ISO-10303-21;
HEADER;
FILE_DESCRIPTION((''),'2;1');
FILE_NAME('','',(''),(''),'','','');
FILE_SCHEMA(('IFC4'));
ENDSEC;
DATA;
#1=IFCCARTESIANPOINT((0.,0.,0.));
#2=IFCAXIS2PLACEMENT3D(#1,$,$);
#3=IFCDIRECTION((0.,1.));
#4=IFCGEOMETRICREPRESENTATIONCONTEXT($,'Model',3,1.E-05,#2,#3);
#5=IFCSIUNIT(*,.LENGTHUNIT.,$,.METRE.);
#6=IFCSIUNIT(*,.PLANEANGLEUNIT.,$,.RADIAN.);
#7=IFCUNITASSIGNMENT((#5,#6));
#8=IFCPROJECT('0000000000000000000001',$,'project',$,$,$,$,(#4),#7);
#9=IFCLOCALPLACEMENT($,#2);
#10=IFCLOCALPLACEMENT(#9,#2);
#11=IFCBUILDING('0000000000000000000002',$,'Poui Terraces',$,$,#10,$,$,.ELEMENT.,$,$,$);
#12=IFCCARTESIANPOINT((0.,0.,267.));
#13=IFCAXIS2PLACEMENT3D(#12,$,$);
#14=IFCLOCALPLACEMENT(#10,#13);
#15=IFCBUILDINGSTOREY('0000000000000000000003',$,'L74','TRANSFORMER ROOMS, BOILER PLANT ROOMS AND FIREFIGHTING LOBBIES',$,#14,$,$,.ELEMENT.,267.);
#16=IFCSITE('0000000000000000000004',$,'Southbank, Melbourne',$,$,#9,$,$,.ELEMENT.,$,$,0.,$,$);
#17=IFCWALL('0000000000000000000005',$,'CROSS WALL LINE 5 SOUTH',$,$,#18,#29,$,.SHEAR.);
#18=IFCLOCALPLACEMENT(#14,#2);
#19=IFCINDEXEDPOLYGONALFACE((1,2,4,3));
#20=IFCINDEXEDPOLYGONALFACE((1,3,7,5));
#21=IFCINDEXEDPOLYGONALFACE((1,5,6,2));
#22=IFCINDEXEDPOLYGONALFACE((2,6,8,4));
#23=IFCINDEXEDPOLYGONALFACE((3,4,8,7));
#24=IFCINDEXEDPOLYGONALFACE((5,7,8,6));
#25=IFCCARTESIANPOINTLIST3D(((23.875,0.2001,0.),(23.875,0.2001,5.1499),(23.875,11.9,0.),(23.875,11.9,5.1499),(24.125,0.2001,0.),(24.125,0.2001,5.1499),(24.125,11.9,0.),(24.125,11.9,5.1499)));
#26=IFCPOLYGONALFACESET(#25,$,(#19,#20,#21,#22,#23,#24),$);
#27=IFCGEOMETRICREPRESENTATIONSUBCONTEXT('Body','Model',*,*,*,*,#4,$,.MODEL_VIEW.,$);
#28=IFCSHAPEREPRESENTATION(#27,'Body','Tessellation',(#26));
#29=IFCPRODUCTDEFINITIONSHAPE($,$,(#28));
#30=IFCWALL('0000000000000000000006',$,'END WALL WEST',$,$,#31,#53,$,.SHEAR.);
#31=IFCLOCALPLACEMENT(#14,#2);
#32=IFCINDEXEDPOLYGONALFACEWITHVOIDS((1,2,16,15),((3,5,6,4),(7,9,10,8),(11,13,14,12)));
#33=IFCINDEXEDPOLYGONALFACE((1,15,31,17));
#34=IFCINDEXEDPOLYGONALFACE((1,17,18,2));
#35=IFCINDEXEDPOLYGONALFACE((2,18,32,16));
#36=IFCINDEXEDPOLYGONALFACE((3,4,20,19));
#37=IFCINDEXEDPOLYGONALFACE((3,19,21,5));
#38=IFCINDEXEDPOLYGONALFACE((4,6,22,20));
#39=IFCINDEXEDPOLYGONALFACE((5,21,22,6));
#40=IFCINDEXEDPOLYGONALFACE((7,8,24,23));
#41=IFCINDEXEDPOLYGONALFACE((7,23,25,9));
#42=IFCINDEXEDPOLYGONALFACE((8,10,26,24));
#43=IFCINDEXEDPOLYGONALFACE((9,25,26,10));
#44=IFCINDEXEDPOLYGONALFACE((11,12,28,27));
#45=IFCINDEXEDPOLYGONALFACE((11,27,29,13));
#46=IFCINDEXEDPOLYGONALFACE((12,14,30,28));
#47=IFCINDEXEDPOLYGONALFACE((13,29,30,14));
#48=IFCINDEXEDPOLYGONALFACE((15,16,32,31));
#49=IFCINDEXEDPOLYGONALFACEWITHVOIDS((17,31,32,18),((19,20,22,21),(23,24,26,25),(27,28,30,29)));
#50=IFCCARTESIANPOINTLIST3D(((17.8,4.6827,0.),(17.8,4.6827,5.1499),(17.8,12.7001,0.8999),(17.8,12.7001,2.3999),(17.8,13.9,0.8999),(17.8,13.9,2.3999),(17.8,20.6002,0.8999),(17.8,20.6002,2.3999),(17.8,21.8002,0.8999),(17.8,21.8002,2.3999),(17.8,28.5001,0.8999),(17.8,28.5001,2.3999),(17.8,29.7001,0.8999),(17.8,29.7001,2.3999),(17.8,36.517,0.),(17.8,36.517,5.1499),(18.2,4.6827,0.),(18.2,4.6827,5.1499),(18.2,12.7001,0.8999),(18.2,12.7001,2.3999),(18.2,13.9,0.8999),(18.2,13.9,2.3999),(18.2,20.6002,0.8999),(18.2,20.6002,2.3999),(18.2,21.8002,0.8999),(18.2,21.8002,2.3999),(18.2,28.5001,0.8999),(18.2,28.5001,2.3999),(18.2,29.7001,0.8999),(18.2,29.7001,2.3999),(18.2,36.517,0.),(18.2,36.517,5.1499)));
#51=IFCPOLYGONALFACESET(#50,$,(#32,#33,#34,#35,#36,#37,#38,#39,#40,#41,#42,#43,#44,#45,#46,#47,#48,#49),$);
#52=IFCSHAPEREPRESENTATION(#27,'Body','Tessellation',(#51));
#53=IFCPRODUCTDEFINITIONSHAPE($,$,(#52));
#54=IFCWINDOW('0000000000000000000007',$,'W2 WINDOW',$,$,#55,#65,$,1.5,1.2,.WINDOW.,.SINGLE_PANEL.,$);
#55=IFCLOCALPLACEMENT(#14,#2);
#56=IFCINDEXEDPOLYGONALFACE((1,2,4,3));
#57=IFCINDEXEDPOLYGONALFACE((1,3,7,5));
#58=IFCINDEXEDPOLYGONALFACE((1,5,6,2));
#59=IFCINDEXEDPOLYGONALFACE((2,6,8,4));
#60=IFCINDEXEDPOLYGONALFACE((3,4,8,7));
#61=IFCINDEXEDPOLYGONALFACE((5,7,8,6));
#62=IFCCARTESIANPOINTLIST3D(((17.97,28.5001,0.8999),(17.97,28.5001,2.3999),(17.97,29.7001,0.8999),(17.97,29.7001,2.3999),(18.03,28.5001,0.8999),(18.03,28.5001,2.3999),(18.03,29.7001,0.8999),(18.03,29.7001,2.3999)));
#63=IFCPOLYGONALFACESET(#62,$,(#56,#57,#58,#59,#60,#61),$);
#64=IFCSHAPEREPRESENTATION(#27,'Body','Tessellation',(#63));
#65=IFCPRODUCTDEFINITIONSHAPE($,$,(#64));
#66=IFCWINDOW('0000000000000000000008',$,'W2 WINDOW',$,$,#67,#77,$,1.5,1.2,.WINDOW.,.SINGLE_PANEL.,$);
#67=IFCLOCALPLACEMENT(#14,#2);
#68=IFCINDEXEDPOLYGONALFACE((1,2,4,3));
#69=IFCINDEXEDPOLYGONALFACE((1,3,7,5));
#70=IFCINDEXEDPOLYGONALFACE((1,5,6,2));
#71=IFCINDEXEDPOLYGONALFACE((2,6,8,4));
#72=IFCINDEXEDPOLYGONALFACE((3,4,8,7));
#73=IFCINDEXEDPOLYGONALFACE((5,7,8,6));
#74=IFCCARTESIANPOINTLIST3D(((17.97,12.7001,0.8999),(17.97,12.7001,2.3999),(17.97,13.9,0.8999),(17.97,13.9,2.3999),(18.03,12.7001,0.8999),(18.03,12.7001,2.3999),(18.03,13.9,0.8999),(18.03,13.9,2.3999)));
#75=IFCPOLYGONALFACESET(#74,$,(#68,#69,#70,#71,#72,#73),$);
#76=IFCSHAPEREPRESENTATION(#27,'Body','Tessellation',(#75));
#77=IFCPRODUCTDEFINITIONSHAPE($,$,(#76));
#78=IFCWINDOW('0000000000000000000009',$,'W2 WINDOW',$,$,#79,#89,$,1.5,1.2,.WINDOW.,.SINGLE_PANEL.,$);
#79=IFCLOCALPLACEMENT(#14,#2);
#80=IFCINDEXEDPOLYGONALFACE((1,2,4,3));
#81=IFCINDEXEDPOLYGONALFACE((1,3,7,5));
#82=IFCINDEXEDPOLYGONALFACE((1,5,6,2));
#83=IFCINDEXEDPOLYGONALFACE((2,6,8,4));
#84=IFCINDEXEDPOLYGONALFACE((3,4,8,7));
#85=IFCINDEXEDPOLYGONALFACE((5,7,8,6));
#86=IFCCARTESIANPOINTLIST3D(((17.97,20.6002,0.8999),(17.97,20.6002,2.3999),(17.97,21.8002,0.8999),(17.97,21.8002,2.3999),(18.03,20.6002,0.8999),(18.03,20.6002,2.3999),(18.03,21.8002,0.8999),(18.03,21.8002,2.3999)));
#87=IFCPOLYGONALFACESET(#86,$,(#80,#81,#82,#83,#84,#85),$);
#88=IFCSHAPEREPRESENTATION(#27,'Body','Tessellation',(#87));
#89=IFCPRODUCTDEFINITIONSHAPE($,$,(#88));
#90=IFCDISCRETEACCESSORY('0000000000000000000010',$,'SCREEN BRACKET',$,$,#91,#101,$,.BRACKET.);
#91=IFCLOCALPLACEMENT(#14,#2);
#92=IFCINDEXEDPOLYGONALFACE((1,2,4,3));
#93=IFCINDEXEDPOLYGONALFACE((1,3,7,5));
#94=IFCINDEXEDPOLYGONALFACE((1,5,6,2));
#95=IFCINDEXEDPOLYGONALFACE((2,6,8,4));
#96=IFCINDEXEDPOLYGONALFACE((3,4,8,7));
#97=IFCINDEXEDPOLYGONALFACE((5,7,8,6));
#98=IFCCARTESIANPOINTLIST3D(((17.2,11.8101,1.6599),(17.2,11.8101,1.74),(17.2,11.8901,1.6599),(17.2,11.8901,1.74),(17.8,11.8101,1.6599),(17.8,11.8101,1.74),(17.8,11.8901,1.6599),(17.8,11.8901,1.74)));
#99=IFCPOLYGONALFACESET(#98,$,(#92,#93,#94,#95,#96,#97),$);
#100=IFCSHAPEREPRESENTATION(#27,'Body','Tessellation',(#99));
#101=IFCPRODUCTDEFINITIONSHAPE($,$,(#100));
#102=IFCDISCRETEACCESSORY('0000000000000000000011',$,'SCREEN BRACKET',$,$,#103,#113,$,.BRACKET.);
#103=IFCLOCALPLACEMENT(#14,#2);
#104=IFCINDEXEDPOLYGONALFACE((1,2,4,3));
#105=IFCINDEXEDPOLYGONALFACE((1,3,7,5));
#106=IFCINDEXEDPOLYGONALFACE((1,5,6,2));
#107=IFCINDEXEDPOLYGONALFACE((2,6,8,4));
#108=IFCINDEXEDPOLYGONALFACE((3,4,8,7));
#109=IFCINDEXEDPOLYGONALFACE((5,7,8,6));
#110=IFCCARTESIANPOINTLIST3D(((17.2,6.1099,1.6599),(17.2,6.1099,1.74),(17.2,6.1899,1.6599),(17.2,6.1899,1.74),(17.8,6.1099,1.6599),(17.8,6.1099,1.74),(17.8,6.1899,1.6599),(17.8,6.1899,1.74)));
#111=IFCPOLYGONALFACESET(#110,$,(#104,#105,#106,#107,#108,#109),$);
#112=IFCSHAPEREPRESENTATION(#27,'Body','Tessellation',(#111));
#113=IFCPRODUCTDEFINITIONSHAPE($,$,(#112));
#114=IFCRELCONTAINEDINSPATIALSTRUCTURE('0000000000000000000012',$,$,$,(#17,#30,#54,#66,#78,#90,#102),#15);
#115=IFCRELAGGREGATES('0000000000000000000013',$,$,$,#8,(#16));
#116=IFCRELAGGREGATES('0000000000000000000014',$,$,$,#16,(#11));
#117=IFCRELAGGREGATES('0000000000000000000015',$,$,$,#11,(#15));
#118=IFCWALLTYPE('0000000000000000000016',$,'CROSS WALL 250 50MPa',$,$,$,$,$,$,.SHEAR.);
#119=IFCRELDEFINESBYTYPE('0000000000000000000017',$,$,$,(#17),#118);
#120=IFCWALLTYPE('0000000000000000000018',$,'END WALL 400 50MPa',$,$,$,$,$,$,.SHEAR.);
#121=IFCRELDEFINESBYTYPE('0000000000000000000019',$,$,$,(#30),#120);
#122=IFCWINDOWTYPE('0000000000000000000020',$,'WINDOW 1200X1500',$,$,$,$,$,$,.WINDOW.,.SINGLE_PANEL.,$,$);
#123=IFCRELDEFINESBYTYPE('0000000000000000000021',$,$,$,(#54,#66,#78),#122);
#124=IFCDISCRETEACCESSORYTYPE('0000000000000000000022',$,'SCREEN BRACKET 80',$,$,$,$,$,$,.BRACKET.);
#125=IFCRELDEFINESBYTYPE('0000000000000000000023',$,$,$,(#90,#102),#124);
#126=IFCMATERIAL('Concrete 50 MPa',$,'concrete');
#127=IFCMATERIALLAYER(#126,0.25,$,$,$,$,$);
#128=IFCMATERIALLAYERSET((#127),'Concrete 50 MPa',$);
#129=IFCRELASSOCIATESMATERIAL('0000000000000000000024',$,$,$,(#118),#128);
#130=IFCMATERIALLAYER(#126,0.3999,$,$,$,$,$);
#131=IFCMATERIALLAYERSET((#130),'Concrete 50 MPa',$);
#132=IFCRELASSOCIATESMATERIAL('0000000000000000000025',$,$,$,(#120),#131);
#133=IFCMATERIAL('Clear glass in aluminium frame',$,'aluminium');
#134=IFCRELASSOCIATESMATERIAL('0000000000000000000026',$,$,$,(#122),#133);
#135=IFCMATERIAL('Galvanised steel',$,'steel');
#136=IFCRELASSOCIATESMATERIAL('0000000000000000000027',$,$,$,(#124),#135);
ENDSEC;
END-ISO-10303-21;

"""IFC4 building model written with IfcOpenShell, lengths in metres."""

from ifc_helpers import new_model, si_unit, direction, frame, frame_2d, origin, origin_2d, place, context, subcontext, project, spatial, rectangle, extrude, source, transform, mapped, material, layer, layer_set, material_profile, profile_set, type_object, element, fill, save


model = new_model("IFC4")

# Units and contexts
model_context = context("Model", 3, precision=1e-05, world=origin(), true_north=direction((0.0, 1.0)))
body_context = subcontext(model_context, "Body", "Model", "MODEL_VIEW")
ifc_project = project(units=[si_unit("LENGTHUNIT", "METRE"), si_unit("PLANEANGLEUNIT", "RADIAN")], contexts=[model_context])

# Site, building, storey
site_placement = place(None, origin())
site = spatial("IfcSite", under=ifc_project, at=site_placement, Name="Southbank, Melbourne", CompositionType="ELEMENT", RefElevation=0.0)
building_placement = place(site_placement, origin())
building = spatial("IfcBuilding", under=site, at=building_placement, Name="Poui Terraces", CompositionType="ELEMENT")
storey_placement = place(building_placement, frame((0.0, 0.0, 267.0)))
storey = spatial("IfcBuildingStorey", under=building, at=storey_placement, Name="L74", Description="TRANSFORMER ROOMS, BOILER PLANT ROOMS AND FIREFIGHTING LOBBIES", CompositionType="ELEMENT", Elevation=267.0)

# Wall
ifc_material_1 = material(Name="Concrete 50 MPa", Category="concrete")
ifc_layer_1 = layer(ifc_material_1, 0.25)
ifc_layer_set_1 = layer_set([ifc_layer_1], Name="Concrete 50 MPa")
wall_type_1 = type_object("IfcWallType", Name="CROSS WALL 250 50MPa", PredefinedType="SHEAR", material=ifc_layer_set_1)
wall_1_placement = place(storey_placement, frame((24.0, 0.2, 0.0), z_axis=(0.0, 0.0, 1.0), x_axis=(0.0, 1.0, 0.0)))
element("IfcWall", 1, at=wall_1_placement, inside=storey, type_object=wall_type_1, Name="CROSS WALL LINE 5 SOUTH", PredefinedType="SHEAR", context=body_context, shape_type="SweptSolid", body=[
    extrude(rectangle(XDim=11.7, YDim=0.25, at=frame_2d((5.8501, 0.0))), origin(), (0.0, 0.0, 1.0), 5.1499),
])

# Wall, openings, windows
ifc_layer_2 = layer(ifc_material_1, 0.3999)
ifc_layer_set_2 = layer_set([ifc_layer_2], Name="Concrete 50 MPa")
wall_type_2 = type_object("IfcWallType", Name="END WALL 400 50MPa", PredefinedType="SHEAR", material=ifc_layer_set_2)
wall_2_placement = place(storey_placement, frame((18.0, 4.6829, 0.0), z_axis=(0.0, 0.0, 1.0), x_axis=(0.0, 1.0, 0.0)))
wall_2 = element("IfcWall", 2, at=wall_2_placement, inside=storey, type_object=wall_type_2, Name="END WALL WEST", PredefinedType="SHEAR", context=body_context, shape_type="SweptSolid", body=[
    extrude(rectangle(XDim=31.8342, YDim=0.3999, at=frame_2d((15.917, 0.0))), origin(), (0.0, 0.0, 1.0), 5.1499),
])
opening_1_placement = place(wall_2_placement, frame((23.8171, 0.0, 0.8999)))
opening_1 = element("IfcOpeningElement", 3, at=opening_1_placement, cuts=wall_2, PredefinedType="OPENING", context=body_context, shape_type="SweptSolid", body=[
    extrude(rectangle(XDim=1.2, YDim=1.5, at=frame_2d((0.6001, 0.75))), frame((0.0, 0.21, 0.0), z_axis=(0.0, -1.0, 0.0), x_axis=(1.0, 0.0, 0.0)), (0.0, 0.0, 1.0), 0.4199),
])
opening_2_placement = place(wall_2_placement, frame((8.0171, 0.0, 0.8999)))
opening_2 = element("IfcOpeningElement", 4, at=opening_2_placement, cuts=wall_2, PredefinedType="OPENING", context=body_context, shape_type="SweptSolid", body=[
    extrude(rectangle(XDim=1.2, YDim=1.5, at=frame_2d((0.6001, 0.75))), frame((0.0, 0.21, 0.0), z_axis=(0.0, -1.0, 0.0), x_axis=(1.0, 0.0, 0.0)), (0.0, 0.0, 1.0), 0.4199),
])
opening_3_placement = place(wall_2_placement, frame((15.9172, 0.0, 0.8999)))
opening_3 = element("IfcOpeningElement", 5, at=opening_3_placement, cuts=wall_2, PredefinedType="OPENING", context=body_context, shape_type="SweptSolid", body=[
    extrude(rectangle(XDim=1.2, YDim=1.5, at=frame_2d((0.6001, 0.75))), frame((0.0, 0.21, 0.0), z_axis=(0.0, -1.0, 0.0), x_axis=(1.0, 0.0, 0.0)), (0.0, 0.0, 1.0), 0.4199),
])
ifc_material_2 = material(Name="Clear glass in aluminium frame", Category="aluminium")
window_type = type_object("IfcWindowType", Name="WINDOW 1200X1500", PartitioningType="SINGLE_PANEL", PredefinedType="WINDOW", material=ifc_material_2)
window_1_placement = place(opening_1_placement, origin())
window_1 = element("IfcWindow", 6, at=window_1_placement, inside=storey, type_object=window_type, Name="W2 WINDOW", OverallHeight=1.5, OverallWidth=1.2, PartitioningType="SINGLE_PANEL", PredefinedType="WINDOW", context=body_context, shape_type="SweptSolid", body=[
    extrude(rectangle(XDim=1.2, YDim=1.5, at=frame_2d((0.6001, 0.75))), frame((0.0, 0.03, 0.0), z_axis=(0.0, -1.0, 0.0), x_axis=(1.0, 0.0, 0.0)), (0.0, 0.0, 1.0), 0.0601),
])
fill(opening_1, window_1)
window_2_placement = place(opening_2_placement, origin())
window_2 = element("IfcWindow", 7, at=window_2_placement, inside=storey, type_object=window_type, Name="W2 WINDOW", OverallHeight=1.5, OverallWidth=1.2, PartitioningType="SINGLE_PANEL", PredefinedType="WINDOW", context=body_context, shape_type="SweptSolid", body=[
    extrude(rectangle(XDim=1.2, YDim=1.5, at=frame_2d((0.6001, 0.75))), frame((0.0, 0.03, 0.0), z_axis=(0.0, -1.0, 0.0), x_axis=(1.0, 0.0, 0.0)), (0.0, 0.0, 1.0), 0.0601),
])
fill(opening_2, window_2)
window_3_placement = place(opening_3_placement, origin())
window_3 = element("IfcWindow", 8, at=window_3_placement, inside=storey, type_object=window_type, Name="W2 WINDOW", OverallHeight=1.5, OverallWidth=1.2, PartitioningType="SINGLE_PANEL", PredefinedType="WINDOW", context=body_context, shape_type="SweptSolid", body=[
    extrude(rectangle(XDim=1.2, YDim=1.5, at=frame_2d((0.6001, 0.75))), frame((0.0, 0.03, 0.0), z_axis=(0.0, -1.0, 0.0), x_axis=(1.0, 0.0, 0.0)), (0.0, 0.0, 1.0), 0.0601),
])
fill(opening_3, window_3)

# Discrete accessories
ifc_material_3 = material(Name="Galvanised steel", Category="steel")
ifc_material_profile = material_profile(ifc_material_3, rectangle(XDim=0.0801, YDim=0.0801, at=origin_2d()), Name="SCREEN BRACKET 80")
ifc_profile_set = profile_set([ifc_material_profile], Name="Galvanised steel")
discrete_accessory_type = type_object("IfcDiscreteAccessoryType", Name="SCREEN BRACKET 80", PredefinedType="BRACKET", material=ifc_profile_set)
shared_shape = source(origin(), body_context, "Body", "SweptSolid", [
    extrude(rectangle(XDim=0.0801, YDim=0.0801, at=origin_2d()), origin(), (0.0, 0.0, 1.0), 0.6001),
])
for number, where, z_axis, x_axis, name in (
    (9, (17.8, 11.8501, 1.7), (-1.0, 0.0, 0.0), (0.0, -1.0, 0.0), "SCREEN BRACKET"),
    (10, (17.8, 6.1499, 1.7), (-1.0, 0.0, 0.0), (0.0, -1.0, 0.0), "SCREEN BRACKET"),
):
    element("IfcDiscreteAccessory", number, at=place(storey_placement, frame(where, z_axis=z_axis, x_axis=x_axis)), inside=storey, type_object=discrete_accessory_type, Name=name, PredefinedType="BRACKET", context=body_context, shape_type="MappedRepresentation", body=[
        mapped(shared_shape, transform((0.0, 0.0, 0.0))),
    ])

save(model, "model.ifc")
